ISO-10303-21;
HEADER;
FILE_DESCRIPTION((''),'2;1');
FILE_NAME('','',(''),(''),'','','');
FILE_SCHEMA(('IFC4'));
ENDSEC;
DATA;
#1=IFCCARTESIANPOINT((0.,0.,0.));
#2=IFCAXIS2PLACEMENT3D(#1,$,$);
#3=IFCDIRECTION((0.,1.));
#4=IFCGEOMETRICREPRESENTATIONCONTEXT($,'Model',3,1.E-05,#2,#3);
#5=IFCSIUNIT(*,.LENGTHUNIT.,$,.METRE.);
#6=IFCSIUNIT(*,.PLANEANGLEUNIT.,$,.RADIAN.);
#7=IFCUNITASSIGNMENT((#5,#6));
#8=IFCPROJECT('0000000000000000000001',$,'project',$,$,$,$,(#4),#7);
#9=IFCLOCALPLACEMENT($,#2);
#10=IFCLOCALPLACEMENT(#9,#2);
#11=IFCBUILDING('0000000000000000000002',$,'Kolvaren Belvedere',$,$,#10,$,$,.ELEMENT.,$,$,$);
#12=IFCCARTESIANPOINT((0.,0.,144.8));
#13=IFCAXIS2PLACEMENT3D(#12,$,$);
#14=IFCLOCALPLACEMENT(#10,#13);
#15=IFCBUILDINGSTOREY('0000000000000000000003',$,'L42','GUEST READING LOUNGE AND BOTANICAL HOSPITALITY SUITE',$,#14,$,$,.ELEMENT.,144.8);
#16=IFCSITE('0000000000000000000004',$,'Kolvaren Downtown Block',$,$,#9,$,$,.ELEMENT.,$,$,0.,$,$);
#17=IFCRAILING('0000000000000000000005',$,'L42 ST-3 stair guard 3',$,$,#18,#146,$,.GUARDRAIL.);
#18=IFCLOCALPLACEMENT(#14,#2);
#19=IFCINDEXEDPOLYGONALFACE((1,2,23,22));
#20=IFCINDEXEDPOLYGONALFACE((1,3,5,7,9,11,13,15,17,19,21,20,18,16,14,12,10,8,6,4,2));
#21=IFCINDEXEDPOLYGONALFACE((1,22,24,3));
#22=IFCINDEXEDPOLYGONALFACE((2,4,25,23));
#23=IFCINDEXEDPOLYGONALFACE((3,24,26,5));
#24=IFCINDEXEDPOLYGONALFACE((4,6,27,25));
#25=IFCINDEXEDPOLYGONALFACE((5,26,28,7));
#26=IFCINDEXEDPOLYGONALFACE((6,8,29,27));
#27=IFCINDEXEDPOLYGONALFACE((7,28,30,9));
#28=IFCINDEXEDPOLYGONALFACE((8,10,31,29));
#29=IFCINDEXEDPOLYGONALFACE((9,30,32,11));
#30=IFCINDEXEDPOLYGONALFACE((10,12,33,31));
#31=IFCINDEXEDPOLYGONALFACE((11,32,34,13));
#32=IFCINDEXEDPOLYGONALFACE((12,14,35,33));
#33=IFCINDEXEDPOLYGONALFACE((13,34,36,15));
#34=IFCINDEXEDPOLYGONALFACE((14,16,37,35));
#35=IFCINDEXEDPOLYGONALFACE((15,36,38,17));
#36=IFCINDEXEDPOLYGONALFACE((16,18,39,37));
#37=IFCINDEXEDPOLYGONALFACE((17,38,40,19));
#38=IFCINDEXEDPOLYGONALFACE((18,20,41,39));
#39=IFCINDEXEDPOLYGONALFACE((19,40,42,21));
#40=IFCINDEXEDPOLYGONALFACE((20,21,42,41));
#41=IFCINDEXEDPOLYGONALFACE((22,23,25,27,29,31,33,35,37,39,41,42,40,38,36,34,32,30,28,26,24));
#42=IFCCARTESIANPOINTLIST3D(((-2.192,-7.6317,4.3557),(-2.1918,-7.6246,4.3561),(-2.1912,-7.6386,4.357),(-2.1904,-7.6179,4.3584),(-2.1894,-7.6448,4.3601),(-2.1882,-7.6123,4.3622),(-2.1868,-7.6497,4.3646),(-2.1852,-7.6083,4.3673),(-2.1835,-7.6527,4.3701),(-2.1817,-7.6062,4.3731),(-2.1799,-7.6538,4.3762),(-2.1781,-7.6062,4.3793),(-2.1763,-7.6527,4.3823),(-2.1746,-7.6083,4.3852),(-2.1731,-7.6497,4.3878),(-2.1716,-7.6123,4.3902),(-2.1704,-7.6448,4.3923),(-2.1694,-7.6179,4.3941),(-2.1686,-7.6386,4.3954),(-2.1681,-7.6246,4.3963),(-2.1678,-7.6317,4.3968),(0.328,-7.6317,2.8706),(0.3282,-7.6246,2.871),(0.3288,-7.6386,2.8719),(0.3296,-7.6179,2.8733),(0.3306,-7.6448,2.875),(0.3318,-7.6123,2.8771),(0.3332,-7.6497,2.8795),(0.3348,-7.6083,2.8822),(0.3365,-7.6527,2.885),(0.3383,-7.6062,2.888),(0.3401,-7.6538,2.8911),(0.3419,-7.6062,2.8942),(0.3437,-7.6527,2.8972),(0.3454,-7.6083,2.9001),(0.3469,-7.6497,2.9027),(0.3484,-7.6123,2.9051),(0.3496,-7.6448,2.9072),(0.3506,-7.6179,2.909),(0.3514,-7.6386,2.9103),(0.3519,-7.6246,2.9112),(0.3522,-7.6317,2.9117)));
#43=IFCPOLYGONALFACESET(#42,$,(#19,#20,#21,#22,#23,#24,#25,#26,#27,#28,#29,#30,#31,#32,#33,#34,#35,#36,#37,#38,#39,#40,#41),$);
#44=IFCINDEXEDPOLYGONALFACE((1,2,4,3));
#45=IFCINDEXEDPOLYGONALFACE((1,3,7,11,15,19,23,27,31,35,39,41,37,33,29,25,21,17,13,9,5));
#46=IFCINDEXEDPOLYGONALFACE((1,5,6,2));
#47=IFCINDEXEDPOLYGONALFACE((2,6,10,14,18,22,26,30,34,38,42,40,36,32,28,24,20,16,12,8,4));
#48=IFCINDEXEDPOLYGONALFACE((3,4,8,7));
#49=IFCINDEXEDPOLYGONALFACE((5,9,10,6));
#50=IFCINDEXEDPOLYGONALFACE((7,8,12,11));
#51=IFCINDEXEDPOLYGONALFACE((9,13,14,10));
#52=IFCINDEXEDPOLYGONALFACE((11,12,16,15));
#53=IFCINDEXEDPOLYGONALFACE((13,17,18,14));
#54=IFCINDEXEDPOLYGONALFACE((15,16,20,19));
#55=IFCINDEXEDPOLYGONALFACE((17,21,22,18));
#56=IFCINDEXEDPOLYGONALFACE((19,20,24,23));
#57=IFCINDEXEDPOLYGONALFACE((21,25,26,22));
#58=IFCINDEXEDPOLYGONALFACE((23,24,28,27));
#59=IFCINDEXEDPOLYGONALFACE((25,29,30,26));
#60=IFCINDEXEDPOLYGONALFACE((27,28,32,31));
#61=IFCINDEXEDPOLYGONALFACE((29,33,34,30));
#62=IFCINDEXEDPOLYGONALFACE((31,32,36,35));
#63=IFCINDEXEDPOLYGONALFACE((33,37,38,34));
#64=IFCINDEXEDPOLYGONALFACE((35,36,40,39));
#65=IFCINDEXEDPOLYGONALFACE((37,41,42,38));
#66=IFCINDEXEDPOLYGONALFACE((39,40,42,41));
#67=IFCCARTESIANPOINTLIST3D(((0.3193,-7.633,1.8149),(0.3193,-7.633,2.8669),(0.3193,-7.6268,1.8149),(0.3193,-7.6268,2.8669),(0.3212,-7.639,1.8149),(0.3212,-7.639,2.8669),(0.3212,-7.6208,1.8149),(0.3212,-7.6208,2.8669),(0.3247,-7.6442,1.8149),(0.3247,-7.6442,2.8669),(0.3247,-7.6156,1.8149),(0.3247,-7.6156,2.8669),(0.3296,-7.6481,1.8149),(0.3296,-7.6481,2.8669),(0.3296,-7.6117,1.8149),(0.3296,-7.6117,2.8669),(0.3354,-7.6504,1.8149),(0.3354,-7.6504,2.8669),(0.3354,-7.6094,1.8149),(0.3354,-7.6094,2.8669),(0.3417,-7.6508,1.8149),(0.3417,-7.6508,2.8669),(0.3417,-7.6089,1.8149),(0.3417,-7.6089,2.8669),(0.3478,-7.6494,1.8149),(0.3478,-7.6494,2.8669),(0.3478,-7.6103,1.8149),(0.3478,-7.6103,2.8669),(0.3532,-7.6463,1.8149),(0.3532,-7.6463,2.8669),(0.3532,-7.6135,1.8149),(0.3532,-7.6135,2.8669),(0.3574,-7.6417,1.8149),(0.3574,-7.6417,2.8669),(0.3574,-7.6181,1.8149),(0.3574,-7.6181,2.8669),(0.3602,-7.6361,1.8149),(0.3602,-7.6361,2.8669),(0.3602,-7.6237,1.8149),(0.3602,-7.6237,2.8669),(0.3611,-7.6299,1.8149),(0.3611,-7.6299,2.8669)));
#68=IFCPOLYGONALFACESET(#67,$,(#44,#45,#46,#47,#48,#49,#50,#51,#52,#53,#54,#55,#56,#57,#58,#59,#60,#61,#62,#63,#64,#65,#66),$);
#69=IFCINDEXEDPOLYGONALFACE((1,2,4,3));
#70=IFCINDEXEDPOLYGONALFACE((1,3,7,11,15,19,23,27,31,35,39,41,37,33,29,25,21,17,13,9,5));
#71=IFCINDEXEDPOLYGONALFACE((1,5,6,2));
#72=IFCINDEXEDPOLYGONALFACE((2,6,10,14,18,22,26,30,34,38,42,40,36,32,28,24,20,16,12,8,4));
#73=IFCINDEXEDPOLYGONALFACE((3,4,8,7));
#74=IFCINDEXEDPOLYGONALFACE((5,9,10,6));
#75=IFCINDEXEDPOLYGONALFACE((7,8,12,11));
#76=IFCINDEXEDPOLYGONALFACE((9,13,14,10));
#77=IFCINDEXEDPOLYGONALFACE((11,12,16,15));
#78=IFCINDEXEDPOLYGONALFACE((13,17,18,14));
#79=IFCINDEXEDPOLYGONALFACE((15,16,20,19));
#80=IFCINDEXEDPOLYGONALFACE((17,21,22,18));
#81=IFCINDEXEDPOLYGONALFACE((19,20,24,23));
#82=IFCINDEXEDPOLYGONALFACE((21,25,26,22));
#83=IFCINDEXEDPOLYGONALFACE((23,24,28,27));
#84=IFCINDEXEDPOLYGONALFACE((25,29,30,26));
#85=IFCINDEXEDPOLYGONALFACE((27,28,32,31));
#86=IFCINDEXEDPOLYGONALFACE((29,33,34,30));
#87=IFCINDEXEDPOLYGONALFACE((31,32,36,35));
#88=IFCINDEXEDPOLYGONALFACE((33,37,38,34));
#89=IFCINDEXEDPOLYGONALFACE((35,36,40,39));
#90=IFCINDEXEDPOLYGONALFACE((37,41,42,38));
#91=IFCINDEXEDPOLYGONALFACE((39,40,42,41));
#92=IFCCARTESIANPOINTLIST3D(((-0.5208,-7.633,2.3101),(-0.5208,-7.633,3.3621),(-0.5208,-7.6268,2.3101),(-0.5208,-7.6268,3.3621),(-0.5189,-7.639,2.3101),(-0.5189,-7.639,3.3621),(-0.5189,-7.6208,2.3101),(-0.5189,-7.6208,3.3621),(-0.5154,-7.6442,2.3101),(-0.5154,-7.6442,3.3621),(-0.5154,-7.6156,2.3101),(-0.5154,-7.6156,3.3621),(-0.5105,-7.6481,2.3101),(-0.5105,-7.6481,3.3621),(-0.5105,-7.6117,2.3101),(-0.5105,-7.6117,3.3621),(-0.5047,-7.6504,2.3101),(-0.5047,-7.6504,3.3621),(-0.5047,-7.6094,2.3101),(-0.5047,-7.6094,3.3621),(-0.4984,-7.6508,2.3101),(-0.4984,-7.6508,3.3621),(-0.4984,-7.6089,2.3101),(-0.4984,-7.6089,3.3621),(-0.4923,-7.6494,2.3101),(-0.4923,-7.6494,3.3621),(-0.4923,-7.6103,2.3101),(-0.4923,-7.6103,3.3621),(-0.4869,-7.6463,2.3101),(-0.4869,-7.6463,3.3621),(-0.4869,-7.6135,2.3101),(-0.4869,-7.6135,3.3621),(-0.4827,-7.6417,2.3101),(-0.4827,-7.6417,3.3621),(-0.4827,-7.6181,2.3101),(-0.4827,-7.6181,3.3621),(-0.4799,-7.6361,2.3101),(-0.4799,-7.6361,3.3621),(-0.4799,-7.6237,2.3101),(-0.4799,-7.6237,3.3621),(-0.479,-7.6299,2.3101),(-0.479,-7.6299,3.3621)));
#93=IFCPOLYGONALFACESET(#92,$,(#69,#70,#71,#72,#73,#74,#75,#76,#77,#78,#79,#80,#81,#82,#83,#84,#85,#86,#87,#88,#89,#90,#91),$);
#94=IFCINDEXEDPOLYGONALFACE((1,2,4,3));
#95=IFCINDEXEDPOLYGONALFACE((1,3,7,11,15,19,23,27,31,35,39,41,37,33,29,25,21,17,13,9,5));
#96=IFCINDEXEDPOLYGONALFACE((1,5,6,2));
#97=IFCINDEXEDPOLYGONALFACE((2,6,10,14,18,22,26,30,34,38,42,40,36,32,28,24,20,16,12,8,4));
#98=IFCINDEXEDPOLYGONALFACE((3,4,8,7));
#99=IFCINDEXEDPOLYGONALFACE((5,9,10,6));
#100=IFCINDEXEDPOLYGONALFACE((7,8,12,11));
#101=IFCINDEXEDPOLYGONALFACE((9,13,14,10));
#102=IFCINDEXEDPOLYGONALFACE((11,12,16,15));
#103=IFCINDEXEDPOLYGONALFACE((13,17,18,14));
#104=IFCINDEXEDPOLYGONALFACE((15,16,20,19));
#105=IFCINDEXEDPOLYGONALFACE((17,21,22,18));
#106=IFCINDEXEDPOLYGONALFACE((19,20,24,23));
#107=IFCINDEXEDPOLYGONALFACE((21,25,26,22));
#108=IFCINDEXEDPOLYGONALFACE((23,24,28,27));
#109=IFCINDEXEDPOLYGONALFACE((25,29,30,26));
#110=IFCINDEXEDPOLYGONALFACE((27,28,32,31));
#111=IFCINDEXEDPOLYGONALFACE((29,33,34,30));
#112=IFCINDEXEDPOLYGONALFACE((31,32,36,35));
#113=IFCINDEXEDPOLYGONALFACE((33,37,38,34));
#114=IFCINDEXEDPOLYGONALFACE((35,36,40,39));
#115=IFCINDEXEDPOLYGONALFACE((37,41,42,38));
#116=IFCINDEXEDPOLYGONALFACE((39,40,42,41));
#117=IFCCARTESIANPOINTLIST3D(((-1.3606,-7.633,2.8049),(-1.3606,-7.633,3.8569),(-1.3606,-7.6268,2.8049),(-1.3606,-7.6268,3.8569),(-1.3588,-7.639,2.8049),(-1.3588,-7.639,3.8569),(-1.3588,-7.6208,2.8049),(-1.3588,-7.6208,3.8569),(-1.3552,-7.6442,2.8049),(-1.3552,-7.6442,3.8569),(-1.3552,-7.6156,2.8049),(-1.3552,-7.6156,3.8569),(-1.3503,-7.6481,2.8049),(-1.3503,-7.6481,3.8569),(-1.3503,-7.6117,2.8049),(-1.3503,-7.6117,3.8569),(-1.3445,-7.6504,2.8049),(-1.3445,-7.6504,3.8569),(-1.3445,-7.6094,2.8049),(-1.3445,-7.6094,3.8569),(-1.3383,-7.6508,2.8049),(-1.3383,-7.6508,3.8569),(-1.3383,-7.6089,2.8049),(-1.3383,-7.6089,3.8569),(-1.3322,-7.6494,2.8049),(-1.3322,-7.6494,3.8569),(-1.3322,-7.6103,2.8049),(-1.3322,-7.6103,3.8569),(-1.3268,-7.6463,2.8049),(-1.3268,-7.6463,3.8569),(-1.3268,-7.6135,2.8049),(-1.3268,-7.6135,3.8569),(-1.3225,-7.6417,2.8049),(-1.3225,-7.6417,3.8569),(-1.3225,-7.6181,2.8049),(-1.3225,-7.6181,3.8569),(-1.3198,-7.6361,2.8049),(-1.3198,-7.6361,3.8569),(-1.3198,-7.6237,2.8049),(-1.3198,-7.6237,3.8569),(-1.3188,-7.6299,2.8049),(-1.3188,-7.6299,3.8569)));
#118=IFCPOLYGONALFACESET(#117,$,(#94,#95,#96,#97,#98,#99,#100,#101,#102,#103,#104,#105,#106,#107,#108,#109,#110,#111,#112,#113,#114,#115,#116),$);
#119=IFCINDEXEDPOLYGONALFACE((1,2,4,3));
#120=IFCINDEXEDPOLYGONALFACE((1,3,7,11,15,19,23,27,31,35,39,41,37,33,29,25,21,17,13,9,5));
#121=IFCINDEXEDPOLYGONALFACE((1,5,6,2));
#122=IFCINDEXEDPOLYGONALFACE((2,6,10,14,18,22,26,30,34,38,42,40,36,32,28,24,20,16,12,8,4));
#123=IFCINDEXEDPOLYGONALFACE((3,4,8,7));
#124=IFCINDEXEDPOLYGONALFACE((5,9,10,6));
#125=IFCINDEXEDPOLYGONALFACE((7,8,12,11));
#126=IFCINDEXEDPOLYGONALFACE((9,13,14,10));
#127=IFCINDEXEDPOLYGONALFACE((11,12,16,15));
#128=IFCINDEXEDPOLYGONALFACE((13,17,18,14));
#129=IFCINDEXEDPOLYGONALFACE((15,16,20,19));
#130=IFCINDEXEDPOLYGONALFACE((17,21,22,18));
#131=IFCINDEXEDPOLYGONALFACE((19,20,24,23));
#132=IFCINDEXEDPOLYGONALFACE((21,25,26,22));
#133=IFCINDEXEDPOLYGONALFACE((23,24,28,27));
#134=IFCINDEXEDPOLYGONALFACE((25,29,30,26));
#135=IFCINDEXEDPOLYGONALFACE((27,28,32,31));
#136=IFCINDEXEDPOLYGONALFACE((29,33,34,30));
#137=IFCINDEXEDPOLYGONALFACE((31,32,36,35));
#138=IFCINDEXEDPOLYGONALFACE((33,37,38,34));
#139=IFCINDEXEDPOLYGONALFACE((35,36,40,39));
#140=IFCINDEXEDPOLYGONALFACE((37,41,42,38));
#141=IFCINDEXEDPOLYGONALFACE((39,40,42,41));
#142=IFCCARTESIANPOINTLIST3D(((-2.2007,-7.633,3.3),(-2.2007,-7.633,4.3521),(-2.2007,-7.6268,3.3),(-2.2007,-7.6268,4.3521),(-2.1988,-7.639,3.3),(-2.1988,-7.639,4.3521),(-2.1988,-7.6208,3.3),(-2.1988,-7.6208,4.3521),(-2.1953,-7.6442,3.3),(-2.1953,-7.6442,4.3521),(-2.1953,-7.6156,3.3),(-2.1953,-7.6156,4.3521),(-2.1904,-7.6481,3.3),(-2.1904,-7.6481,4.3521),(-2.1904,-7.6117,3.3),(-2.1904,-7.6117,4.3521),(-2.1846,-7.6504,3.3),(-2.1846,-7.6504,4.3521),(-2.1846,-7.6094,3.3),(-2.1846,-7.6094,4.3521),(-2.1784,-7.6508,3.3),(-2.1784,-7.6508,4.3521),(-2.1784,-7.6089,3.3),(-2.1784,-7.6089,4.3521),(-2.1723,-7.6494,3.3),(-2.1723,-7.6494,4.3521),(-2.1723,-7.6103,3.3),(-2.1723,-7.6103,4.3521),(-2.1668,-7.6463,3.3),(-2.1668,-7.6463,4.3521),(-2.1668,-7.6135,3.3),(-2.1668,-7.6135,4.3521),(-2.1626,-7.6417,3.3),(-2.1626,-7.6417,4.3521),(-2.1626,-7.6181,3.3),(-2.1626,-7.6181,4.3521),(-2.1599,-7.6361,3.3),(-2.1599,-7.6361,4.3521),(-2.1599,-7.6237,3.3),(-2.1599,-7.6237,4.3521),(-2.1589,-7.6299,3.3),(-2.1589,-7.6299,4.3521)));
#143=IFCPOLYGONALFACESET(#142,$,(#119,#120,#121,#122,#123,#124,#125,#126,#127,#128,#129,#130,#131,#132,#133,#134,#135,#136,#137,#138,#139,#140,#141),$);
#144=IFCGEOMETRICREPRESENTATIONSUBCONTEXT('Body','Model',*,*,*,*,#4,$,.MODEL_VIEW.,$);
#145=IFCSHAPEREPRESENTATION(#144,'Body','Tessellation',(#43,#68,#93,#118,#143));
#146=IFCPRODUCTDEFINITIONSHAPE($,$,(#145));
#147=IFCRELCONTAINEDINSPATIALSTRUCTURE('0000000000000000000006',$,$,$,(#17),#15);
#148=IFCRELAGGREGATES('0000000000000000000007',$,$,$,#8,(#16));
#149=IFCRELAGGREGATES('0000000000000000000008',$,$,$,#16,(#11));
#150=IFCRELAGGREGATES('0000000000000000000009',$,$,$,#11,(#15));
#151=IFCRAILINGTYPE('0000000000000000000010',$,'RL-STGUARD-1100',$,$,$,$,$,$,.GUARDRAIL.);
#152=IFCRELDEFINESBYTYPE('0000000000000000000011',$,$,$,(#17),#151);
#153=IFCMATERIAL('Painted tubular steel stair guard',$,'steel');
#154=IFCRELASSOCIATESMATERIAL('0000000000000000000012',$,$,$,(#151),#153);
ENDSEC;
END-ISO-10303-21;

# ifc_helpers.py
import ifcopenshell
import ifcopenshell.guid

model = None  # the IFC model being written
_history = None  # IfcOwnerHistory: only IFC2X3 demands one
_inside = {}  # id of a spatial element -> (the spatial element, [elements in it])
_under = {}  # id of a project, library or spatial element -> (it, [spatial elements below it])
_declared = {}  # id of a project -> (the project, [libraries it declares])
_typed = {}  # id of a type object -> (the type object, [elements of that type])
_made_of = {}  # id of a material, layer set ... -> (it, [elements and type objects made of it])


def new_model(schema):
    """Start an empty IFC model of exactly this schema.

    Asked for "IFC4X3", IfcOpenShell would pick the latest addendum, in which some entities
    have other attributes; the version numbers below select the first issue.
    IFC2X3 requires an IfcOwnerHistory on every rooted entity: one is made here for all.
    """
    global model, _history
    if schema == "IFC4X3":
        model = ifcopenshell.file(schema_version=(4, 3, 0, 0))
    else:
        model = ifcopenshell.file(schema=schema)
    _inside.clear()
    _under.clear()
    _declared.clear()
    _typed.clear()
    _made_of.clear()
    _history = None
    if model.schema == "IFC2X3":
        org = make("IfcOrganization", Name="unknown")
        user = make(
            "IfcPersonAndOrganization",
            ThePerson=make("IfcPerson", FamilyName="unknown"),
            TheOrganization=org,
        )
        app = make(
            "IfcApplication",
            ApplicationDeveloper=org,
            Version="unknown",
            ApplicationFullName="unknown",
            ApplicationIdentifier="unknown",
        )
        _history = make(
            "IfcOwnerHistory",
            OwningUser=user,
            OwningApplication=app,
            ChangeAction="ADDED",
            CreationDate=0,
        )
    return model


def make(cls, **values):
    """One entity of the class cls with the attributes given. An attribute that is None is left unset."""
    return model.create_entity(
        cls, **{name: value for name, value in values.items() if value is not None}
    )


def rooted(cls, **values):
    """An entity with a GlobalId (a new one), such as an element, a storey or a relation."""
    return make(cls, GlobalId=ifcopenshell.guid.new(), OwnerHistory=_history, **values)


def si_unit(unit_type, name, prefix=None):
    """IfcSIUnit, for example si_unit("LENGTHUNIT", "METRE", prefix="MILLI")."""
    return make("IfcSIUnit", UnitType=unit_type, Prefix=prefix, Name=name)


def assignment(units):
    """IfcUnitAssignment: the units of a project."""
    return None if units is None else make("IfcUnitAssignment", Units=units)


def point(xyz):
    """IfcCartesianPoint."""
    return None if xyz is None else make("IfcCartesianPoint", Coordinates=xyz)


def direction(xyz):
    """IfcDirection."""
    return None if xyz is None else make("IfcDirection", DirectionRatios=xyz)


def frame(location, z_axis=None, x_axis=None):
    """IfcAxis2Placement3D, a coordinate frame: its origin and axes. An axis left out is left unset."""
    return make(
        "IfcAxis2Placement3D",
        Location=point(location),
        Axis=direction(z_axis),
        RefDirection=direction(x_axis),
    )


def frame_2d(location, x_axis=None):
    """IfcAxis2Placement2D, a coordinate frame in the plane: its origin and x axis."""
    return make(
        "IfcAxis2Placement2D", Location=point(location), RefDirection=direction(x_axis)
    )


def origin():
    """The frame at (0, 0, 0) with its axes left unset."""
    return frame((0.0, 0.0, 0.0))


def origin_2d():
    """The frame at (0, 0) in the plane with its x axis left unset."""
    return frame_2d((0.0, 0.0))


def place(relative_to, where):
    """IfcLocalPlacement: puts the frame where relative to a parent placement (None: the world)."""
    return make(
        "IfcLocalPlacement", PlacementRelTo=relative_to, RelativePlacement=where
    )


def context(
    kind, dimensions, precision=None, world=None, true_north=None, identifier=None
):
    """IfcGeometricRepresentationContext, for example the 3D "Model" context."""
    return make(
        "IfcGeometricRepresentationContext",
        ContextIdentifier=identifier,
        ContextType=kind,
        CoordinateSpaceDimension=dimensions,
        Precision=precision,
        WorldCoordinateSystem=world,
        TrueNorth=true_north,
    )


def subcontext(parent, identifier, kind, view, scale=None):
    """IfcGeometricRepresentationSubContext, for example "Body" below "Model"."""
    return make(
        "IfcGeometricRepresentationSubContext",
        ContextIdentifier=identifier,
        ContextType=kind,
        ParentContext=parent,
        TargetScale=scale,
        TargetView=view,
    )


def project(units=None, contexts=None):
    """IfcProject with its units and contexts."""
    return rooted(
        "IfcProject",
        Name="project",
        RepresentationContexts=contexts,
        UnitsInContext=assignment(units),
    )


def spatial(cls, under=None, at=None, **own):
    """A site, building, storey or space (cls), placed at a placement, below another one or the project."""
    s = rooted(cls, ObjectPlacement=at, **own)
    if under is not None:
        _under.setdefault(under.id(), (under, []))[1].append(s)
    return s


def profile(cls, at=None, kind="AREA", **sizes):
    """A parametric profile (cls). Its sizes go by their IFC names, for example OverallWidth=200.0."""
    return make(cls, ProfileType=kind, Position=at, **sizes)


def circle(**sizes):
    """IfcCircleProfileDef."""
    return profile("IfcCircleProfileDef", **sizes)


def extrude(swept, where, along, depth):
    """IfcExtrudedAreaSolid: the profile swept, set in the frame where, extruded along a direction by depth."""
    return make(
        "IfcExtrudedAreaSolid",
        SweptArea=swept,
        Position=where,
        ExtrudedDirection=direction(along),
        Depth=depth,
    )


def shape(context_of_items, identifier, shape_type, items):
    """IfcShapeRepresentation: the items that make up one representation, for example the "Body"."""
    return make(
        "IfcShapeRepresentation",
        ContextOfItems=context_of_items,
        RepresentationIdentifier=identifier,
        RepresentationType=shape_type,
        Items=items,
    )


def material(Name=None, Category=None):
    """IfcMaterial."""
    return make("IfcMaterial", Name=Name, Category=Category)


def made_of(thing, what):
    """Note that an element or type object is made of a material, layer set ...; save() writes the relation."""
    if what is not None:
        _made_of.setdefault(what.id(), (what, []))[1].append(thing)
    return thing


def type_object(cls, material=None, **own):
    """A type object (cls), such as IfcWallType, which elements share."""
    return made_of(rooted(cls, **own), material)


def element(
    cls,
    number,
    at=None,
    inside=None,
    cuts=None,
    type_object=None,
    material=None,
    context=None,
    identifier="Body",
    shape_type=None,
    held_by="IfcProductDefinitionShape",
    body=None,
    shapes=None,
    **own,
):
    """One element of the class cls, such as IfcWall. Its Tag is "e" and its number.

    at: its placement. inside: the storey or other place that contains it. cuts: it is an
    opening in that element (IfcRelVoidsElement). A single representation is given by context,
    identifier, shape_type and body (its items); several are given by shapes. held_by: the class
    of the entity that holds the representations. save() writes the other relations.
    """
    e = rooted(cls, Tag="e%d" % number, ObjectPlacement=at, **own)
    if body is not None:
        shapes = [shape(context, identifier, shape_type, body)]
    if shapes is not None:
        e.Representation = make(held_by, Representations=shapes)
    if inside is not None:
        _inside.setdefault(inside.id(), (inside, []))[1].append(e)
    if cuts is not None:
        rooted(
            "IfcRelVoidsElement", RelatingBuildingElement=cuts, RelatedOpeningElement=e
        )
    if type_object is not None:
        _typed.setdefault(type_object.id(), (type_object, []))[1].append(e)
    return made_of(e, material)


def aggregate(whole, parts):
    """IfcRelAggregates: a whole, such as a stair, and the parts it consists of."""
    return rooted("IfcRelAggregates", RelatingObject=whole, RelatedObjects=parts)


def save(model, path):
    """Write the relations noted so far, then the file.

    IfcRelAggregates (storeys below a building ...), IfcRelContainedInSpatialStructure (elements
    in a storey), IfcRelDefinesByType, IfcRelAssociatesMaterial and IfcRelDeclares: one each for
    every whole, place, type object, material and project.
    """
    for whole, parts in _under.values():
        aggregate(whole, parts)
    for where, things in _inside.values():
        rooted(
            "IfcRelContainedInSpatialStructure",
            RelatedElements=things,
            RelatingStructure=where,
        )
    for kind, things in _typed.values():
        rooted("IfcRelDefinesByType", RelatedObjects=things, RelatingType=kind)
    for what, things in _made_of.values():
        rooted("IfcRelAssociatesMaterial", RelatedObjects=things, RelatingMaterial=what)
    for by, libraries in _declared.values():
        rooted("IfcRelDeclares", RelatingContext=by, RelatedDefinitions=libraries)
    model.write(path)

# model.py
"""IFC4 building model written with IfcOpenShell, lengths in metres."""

from ifc_helpers import new_model, si_unit, direction, frame, origin, origin_2d, place, context, subcontext, project, spatial, circle, extrude, material, type_object, element, save


model = new_model("IFC4")

# Units and contexts
model_context = context("Model", 3, precision=1e-05, world=origin(), true_north=direction((0.0, 1.0)))
body_context = subcontext(model_context, "Body", "Model", "MODEL_VIEW")
ifc_project = project(units=[si_unit("LENGTHUNIT", "METRE"), si_unit("PLANEANGLEUNIT", "RADIAN")], contexts=[model_context])

# Site, building, storey
site_placement = place(None, origin())
site = spatial("IfcSite", under=ifc_project, at=site_placement, Name="Kolvaren Downtown Block", CompositionType="ELEMENT", RefElevation=0.0)
building_placement = place(site_placement, origin())
building = spatial("IfcBuilding", under=site, at=building_placement, Name="Kolvaren Belvedere", CompositionType="ELEMENT")
storey_placement = place(building_placement, frame((0.0, 0.0, 144.8)))
storey = spatial("IfcBuildingStorey", under=building, at=storey_placement, Name="L42", Description="GUEST READING LOUNGE AND BOTANICAL HOSPITALITY SUITE", CompositionType="ELEMENT", Elevation=144.8)

# Railing
ifc_material_1 = material(Name="Painted tubular steel stair guard", Category="steel")
railing_type_1 = type_object("IfcRailingType", Name="RL-STGUARD-1100", PredefinedType="GUARDRAIL", material=ifc_material_1)
railing_1_placement = place(storey_placement, frame((0.3401, -7.6299, 1.8149)))
element("IfcRailing", 1, at=railing_1_placement, inside=storey, type_object=railing_type_1, Name="L42 ST-3 stair guard 3", PredefinedType="GUARDRAIL", context=body_context, shape_type="SweptSolid", body=[
    extrude(circle(Radius=0.0239, at=origin_2d()), frame((0.0, 0.0, 1.0762), z_axis=(-0.861524, 0.0, 0.507717), x_axis=(0.0, -1.0, 0.0)), (0.0, 0.0, 1.0), 2.925),
    extrude(circle(Radius=0.021, at=origin_2d()), origin(), (0.0, 0.0, 1.0), 1.052),
    extrude(circle(Radius=0.021, at=origin_2d()), frame((-0.8401, 0.0, 0.4951)), (0.0, 0.0, 1.0), 1.052),
    extrude(circle(Radius=0.021, at=origin_2d()), frame((-1.6799, 0.0, 0.99)), (0.0, 0.0, 1.0), 1.052),
    extrude(circle(Radius=0.021, at=origin_2d()), frame((-2.52, 0.0, 1.4851)), (0.0, 0.0, 1.0), 1.052),
])

save(model, "model.ifc")
